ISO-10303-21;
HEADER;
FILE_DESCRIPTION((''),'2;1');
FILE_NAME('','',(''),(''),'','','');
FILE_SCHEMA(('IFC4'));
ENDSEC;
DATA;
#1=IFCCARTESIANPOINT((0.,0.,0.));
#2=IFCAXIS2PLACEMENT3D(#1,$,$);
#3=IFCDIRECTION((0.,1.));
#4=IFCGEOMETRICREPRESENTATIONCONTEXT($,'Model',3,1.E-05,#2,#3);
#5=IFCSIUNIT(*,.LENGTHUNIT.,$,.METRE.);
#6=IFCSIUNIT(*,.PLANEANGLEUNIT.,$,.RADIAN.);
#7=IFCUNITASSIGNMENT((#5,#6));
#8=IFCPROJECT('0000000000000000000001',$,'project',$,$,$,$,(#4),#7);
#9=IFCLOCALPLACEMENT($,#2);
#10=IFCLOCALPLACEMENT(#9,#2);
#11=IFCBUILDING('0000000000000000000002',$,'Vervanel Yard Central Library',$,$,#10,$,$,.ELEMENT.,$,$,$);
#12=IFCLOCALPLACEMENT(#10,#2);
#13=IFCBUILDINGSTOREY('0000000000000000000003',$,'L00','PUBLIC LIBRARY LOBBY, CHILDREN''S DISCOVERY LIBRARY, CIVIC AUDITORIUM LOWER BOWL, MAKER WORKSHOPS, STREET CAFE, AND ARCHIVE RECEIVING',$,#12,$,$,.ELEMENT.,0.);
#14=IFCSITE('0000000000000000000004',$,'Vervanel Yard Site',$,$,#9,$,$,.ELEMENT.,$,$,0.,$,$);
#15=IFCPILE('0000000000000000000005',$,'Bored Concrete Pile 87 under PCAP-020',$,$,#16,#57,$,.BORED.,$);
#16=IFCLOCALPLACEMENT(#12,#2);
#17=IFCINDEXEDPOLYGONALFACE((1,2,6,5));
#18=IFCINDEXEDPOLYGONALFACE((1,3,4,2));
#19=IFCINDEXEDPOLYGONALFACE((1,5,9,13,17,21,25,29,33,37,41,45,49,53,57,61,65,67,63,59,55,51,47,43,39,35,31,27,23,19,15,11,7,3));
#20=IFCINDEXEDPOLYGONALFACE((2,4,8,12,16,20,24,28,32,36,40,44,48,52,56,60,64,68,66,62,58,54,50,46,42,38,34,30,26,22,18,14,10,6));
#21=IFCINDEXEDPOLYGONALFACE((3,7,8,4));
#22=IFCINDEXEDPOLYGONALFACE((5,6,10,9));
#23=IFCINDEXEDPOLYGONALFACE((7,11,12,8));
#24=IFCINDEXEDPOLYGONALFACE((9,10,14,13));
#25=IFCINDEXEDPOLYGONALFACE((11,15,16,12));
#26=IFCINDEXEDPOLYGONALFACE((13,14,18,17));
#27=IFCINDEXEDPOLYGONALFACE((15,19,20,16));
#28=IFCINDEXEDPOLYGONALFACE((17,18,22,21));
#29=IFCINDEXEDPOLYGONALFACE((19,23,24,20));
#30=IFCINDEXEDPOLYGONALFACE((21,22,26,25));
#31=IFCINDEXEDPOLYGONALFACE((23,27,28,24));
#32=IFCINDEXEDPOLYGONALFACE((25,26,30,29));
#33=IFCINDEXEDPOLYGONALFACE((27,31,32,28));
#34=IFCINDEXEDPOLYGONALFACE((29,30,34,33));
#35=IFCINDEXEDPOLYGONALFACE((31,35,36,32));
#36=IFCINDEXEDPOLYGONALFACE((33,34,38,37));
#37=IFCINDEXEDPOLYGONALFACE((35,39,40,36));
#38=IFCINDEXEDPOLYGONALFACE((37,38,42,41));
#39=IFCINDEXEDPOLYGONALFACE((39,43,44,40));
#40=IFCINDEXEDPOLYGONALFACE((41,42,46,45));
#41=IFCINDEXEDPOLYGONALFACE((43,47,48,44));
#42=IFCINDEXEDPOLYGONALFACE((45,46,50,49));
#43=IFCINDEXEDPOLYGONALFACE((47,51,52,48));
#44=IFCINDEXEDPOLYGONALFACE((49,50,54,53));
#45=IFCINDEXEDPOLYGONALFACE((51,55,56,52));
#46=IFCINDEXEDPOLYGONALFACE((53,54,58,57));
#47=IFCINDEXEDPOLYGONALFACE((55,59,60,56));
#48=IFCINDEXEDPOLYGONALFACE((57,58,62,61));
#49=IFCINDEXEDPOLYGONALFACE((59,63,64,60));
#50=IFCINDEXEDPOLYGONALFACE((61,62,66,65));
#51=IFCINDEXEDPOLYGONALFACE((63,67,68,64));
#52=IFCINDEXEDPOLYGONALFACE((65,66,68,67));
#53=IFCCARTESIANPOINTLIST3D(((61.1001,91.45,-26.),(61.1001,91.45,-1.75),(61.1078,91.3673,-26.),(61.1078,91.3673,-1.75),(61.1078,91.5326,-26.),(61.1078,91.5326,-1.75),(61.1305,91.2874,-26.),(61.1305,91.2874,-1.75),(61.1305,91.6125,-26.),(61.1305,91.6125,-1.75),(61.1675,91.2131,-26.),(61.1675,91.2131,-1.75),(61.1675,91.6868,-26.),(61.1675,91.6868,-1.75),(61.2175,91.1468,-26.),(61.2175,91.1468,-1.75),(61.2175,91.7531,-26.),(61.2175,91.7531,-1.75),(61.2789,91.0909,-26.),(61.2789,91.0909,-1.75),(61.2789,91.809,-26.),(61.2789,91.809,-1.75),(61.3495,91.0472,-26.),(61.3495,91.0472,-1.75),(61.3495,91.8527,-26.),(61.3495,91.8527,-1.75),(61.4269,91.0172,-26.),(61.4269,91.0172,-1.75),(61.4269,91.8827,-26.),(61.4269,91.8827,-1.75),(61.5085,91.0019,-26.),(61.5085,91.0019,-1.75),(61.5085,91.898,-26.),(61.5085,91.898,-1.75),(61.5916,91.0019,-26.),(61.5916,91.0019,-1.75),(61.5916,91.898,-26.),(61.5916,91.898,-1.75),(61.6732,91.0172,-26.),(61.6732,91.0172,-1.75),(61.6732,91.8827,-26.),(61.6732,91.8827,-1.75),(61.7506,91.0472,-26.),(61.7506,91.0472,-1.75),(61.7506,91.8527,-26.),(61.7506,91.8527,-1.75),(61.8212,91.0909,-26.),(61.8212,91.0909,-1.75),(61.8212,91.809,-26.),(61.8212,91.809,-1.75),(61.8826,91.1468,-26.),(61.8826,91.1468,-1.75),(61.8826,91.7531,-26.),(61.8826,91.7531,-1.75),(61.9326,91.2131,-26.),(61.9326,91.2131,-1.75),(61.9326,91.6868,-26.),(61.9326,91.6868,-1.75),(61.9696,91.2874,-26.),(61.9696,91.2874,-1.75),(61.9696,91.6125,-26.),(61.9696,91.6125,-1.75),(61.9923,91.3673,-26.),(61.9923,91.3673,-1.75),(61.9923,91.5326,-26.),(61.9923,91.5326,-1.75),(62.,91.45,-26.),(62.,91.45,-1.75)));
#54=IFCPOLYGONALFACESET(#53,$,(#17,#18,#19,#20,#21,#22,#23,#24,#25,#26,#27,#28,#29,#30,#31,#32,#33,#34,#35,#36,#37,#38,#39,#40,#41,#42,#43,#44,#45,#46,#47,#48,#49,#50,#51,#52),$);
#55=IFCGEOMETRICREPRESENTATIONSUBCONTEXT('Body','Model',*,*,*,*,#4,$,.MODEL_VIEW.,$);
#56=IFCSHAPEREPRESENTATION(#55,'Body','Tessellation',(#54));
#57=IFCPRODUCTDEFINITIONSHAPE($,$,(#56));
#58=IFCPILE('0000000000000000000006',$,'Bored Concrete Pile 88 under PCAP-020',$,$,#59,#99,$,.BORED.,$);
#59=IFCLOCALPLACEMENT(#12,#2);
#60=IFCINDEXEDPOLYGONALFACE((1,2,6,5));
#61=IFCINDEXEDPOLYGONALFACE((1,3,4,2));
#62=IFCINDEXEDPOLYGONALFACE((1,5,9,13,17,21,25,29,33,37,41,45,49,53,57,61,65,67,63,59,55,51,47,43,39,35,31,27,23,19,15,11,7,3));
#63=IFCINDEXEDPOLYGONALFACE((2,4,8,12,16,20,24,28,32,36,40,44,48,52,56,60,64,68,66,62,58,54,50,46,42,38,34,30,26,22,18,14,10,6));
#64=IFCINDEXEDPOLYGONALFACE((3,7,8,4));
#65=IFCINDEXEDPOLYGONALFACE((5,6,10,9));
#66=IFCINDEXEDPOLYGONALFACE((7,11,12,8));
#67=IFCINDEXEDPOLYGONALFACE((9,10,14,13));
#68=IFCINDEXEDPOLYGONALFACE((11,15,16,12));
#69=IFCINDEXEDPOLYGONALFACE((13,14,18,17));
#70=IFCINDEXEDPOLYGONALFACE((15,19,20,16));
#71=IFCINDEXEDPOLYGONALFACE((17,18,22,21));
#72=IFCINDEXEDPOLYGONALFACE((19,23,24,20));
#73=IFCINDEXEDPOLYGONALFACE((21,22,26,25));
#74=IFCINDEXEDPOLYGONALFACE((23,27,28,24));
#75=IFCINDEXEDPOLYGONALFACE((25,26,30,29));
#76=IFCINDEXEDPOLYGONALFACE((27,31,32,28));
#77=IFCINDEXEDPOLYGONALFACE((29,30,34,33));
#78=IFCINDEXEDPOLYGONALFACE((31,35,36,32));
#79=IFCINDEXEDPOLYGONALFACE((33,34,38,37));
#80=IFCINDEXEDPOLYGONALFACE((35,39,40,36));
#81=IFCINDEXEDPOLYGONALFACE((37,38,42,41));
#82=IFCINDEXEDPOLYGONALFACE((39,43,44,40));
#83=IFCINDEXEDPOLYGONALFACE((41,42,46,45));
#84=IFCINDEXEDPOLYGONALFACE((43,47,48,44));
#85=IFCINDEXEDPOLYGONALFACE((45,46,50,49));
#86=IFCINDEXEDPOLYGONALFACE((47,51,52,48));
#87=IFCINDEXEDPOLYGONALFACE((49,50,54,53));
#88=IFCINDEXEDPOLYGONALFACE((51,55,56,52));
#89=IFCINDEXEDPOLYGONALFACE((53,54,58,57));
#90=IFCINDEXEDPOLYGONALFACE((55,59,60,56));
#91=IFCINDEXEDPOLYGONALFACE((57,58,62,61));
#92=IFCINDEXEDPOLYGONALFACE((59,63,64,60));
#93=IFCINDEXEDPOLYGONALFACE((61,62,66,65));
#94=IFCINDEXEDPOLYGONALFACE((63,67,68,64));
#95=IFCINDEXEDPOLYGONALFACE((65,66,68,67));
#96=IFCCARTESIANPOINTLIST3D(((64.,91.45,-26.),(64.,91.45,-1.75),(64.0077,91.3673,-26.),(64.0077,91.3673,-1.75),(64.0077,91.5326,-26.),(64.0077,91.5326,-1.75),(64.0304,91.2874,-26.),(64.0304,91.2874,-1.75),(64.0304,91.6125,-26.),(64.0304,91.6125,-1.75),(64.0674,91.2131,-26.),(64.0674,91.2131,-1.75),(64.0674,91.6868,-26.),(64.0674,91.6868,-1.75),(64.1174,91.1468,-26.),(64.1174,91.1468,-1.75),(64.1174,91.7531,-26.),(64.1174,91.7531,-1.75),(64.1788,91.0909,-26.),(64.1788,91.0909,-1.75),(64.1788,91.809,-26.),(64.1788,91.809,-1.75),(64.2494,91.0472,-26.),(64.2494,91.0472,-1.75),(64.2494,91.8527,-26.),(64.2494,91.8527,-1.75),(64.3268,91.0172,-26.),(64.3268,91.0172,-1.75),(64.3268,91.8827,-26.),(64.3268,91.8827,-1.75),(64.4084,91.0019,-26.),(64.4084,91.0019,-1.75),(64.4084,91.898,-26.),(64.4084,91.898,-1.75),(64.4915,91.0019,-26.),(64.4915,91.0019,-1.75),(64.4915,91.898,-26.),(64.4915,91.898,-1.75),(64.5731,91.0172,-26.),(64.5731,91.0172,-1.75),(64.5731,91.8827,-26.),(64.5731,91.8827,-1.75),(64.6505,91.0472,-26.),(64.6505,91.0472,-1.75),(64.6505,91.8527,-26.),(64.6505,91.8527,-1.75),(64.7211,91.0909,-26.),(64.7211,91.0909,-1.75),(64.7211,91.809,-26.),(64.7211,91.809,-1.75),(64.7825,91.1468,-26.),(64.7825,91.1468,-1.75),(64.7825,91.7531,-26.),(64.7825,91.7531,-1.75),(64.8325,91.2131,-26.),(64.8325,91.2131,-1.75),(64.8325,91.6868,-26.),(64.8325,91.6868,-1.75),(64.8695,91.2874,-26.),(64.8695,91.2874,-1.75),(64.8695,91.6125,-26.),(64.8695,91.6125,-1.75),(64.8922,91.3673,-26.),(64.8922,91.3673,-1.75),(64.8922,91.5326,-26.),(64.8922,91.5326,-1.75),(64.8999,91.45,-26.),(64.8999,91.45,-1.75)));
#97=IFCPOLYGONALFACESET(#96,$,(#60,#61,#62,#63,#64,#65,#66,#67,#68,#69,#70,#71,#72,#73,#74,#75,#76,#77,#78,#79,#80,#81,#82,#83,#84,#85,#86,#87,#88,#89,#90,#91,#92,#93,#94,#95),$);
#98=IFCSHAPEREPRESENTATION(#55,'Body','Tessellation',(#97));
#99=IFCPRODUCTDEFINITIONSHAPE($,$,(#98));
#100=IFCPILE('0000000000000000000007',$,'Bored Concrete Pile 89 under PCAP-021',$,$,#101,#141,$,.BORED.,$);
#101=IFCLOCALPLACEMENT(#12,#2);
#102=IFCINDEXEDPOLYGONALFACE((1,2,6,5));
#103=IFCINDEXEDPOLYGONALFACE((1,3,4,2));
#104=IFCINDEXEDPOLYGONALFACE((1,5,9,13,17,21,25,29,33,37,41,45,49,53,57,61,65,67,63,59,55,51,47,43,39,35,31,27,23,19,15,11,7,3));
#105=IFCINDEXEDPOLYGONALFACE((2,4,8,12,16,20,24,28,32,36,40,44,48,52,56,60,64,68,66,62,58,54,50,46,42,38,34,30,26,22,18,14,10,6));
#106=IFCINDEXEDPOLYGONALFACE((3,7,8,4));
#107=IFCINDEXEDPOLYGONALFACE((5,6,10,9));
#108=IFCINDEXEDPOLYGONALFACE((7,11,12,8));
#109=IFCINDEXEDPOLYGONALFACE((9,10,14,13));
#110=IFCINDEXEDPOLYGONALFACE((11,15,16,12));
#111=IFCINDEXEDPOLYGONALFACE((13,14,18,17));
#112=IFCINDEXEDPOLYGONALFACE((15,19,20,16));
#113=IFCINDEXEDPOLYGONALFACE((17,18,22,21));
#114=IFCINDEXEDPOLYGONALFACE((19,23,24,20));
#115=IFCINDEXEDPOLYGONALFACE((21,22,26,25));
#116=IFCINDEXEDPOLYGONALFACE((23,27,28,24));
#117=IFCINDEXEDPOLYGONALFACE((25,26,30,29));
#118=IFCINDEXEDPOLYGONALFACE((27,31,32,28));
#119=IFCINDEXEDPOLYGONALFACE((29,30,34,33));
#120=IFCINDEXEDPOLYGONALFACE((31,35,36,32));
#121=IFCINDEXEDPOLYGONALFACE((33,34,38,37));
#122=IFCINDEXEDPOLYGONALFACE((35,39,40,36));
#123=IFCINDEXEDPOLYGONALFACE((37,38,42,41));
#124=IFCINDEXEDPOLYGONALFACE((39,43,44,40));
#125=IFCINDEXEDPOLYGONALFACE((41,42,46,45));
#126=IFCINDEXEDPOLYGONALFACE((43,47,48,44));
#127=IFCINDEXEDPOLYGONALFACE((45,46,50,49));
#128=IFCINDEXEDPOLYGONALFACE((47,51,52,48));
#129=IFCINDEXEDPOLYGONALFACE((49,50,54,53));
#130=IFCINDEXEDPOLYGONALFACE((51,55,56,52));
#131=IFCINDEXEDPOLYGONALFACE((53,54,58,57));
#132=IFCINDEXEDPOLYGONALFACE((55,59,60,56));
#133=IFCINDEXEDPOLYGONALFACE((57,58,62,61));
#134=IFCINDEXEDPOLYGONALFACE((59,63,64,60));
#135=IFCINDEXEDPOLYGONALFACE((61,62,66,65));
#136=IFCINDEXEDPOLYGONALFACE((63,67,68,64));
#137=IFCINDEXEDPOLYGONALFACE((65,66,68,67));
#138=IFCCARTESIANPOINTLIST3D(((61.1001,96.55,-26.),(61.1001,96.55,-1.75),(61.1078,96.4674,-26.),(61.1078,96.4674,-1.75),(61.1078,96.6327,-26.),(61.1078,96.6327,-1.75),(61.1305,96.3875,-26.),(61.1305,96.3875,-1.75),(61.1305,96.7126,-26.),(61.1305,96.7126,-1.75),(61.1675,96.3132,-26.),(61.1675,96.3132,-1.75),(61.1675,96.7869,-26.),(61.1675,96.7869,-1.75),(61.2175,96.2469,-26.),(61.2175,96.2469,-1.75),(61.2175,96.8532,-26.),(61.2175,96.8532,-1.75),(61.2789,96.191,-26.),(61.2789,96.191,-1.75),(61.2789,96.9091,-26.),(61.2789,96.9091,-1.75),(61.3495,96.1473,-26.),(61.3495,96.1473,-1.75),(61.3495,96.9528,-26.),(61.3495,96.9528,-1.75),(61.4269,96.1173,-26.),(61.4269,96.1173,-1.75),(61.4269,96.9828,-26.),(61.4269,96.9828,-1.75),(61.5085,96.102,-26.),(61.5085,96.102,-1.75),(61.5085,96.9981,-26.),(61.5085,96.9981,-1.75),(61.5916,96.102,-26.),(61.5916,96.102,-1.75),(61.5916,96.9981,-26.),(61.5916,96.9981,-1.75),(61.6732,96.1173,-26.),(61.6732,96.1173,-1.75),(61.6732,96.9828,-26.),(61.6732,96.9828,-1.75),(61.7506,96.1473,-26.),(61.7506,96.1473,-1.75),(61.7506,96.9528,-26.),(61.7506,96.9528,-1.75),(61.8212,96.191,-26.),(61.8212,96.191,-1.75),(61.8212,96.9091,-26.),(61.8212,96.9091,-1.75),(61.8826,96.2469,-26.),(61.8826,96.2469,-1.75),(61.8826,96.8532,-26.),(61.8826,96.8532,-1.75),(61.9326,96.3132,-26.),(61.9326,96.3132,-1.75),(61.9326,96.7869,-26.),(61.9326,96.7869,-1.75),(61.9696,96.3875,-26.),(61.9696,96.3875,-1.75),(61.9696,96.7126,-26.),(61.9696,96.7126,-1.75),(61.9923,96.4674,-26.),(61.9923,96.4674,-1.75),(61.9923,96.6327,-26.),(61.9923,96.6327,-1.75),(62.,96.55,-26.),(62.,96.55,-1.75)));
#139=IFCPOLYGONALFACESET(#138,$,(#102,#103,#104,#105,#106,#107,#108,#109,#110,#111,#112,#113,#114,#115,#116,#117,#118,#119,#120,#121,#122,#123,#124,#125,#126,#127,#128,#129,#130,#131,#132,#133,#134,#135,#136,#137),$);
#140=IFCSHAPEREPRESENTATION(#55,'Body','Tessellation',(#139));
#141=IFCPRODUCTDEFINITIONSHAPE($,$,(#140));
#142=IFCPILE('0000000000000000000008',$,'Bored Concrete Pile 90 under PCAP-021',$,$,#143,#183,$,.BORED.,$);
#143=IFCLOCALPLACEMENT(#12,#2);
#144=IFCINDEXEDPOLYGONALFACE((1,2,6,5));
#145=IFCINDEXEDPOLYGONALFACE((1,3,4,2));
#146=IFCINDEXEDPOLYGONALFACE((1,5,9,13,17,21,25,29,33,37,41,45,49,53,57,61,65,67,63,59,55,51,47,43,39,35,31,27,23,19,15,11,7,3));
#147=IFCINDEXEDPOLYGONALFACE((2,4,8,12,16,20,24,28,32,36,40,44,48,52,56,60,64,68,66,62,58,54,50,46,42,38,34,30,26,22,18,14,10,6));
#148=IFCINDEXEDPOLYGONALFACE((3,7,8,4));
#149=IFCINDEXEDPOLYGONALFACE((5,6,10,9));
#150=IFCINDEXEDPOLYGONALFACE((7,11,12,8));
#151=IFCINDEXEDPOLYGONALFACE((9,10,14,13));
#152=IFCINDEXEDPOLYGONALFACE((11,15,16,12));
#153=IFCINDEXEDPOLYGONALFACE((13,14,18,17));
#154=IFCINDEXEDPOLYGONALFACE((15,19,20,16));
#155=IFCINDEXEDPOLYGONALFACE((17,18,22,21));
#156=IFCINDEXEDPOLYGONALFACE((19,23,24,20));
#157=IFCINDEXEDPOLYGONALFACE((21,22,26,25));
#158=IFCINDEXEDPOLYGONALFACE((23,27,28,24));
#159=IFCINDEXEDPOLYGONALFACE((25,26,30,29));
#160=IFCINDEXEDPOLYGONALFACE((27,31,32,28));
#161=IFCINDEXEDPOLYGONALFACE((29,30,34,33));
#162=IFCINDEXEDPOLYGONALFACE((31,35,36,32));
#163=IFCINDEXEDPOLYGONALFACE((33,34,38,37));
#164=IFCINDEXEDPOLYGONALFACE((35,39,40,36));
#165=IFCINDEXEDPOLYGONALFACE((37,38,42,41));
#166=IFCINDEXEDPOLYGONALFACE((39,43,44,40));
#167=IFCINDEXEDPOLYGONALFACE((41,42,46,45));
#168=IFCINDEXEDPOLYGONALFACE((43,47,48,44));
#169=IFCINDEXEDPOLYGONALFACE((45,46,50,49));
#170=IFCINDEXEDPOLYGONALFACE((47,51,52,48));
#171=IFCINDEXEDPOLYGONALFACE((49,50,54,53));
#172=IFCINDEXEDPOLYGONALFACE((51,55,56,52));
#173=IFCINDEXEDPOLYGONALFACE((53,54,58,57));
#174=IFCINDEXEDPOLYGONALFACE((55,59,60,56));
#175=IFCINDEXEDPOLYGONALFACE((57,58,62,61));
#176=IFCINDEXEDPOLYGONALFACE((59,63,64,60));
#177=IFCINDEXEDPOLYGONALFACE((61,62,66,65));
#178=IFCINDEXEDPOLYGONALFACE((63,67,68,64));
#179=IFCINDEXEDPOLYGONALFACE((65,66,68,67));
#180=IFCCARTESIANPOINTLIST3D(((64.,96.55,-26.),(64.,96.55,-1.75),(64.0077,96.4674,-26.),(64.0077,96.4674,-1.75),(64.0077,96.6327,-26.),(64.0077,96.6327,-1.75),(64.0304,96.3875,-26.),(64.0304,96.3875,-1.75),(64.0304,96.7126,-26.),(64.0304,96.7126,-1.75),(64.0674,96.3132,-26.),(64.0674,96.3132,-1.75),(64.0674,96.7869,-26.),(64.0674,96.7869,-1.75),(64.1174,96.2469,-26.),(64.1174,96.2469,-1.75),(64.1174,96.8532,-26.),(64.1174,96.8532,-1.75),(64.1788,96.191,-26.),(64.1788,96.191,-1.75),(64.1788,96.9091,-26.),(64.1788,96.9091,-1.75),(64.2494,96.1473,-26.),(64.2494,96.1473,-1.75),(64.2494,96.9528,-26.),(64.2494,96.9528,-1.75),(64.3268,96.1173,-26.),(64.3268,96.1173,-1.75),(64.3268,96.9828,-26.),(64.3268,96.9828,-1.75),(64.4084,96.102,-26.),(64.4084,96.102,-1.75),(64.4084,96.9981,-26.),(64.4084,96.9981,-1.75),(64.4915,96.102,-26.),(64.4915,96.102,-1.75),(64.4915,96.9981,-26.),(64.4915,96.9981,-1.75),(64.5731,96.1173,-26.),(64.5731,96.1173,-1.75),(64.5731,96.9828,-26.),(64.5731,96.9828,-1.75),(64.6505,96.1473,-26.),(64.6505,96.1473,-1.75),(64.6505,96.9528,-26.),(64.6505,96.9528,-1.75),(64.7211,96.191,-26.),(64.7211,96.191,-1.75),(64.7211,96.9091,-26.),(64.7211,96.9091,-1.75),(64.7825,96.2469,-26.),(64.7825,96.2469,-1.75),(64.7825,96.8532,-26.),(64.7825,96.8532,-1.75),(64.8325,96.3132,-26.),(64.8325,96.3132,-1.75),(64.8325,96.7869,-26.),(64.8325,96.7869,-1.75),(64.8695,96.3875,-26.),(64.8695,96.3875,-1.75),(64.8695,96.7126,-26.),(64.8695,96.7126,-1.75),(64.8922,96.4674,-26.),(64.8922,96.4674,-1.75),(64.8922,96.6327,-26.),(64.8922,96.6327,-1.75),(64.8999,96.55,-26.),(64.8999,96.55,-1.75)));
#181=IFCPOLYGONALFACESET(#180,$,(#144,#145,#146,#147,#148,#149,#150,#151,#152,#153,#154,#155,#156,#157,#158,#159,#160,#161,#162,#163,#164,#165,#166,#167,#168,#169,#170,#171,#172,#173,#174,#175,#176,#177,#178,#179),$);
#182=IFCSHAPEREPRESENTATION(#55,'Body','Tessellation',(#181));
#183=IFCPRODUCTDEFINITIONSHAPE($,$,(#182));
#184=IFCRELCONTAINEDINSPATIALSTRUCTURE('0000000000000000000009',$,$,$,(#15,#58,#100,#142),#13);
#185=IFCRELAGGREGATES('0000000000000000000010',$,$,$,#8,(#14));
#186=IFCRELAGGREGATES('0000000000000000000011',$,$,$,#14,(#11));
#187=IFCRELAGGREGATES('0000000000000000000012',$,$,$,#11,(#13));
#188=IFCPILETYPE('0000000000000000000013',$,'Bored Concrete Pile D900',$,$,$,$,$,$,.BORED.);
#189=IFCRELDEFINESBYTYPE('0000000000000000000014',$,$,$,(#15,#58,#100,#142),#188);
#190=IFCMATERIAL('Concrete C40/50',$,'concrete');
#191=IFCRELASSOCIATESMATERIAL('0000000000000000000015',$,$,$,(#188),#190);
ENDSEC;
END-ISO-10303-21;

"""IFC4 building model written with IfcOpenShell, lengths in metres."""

from ifc_helpers import new_model, si_unit, direction, frame, origin, origin_2d, place, context, subcontext, project, spatial, circle, extrude, material, material_profile, profile_set, type_object, element, save


model = new_model("IFC4")

# Units and contexts
model_context = context("Model", 3, precision=1e-05, world=origin(), true_north=direction((0.0, 1.0)))
body_context = subcontext(model_context, "Body", "Model", "MODEL_VIEW")
ifc_project = project(units=[si_unit("LENGTHUNIT", "METRE"), si_unit("PLANEANGLEUNIT", "RADIAN")], contexts=[model_context])

# Site, building, storey
site_placement = place(None, origin())
site = spatial("IfcSite", under=ifc_project, at=site_placement, Name="Vervanel Yard Site", CompositionType="ELEMENT", RefElevation=0.0)
building_placement = place(site_placement, origin())
building = spatial("IfcBuilding", under=site, at=building_placement, Name="Vervanel Yard Central Library", CompositionType="ELEMENT")
storey_placement = place(building_placement, origin())
storey = spatial("IfcBuildingStorey", under=building, at=storey_placement, Name="L00", Description="PUBLIC LIBRARY LOBBY, CHILDREN'S DISCOVERY LIBRARY, CIVIC AUDITORIUM LOWER BOWL, MAKER WORKSHOPS, STREET CAFE, AND ARCHIVE RECEIVING", CompositionType="ELEMENT", Elevation=0.0)

# Piles
ifc_material_1 = material(Name="Concrete C40/50", Category="concrete")
ifc_material_profile_1 = material_profile(ifc_material_1, circle(Radius=0.45, at=origin_2d()), Name="BP D900", Category="concrete")
ifc_profile_set_1 = profile_set([ifc_material_profile_1], Name="Concrete C40/50")
pile_type = type_object("IfcPileType", Name="Bored Concrete Pile D900", PredefinedType="BORED", material=ifc_profile_set_1)
for number, where, z_axis, x_axis, name in (
    (1, (61.55, 91.45, -1.75), (0.0, 0.0, -1.0), (1.0, 0.0, 0.0), "Bored Concrete Pile 87 under PCAP-020"),
    (2, (64.45, 91.45, -1.75), (0.0, 0.0, -1.0), (1.0, 0.0, 0.0), "Bored Concrete Pile 88 under PCAP-020"),
    (3, (61.55, 96.55, -1.75), (0.0, 0.0, -1.0), (1.0, 0.0, 0.0), "Bored Concrete Pile 89 under PCAP-021"),
    (4, (64.45, 96.55, -1.75), (0.0, 0.0, -1.0), (1.0, 0.0, 0.0), "Bored Concrete Pile 90 under PCAP-021"),
):
    element("IfcPile", number, at=place(storey_placement, frame(where, z_axis=z_axis, x_axis=x_axis)), inside=storey, type_object=pile_type, Name=name, PredefinedType="BORED", context=body_context, shape_type="SweptSolid", body=[
        extrude(circle(Radius=0.45, at=origin_2d()), origin(), (0.0, 0.0, 1.0), 24.25),
    ])

save(model, "model.ifc")
